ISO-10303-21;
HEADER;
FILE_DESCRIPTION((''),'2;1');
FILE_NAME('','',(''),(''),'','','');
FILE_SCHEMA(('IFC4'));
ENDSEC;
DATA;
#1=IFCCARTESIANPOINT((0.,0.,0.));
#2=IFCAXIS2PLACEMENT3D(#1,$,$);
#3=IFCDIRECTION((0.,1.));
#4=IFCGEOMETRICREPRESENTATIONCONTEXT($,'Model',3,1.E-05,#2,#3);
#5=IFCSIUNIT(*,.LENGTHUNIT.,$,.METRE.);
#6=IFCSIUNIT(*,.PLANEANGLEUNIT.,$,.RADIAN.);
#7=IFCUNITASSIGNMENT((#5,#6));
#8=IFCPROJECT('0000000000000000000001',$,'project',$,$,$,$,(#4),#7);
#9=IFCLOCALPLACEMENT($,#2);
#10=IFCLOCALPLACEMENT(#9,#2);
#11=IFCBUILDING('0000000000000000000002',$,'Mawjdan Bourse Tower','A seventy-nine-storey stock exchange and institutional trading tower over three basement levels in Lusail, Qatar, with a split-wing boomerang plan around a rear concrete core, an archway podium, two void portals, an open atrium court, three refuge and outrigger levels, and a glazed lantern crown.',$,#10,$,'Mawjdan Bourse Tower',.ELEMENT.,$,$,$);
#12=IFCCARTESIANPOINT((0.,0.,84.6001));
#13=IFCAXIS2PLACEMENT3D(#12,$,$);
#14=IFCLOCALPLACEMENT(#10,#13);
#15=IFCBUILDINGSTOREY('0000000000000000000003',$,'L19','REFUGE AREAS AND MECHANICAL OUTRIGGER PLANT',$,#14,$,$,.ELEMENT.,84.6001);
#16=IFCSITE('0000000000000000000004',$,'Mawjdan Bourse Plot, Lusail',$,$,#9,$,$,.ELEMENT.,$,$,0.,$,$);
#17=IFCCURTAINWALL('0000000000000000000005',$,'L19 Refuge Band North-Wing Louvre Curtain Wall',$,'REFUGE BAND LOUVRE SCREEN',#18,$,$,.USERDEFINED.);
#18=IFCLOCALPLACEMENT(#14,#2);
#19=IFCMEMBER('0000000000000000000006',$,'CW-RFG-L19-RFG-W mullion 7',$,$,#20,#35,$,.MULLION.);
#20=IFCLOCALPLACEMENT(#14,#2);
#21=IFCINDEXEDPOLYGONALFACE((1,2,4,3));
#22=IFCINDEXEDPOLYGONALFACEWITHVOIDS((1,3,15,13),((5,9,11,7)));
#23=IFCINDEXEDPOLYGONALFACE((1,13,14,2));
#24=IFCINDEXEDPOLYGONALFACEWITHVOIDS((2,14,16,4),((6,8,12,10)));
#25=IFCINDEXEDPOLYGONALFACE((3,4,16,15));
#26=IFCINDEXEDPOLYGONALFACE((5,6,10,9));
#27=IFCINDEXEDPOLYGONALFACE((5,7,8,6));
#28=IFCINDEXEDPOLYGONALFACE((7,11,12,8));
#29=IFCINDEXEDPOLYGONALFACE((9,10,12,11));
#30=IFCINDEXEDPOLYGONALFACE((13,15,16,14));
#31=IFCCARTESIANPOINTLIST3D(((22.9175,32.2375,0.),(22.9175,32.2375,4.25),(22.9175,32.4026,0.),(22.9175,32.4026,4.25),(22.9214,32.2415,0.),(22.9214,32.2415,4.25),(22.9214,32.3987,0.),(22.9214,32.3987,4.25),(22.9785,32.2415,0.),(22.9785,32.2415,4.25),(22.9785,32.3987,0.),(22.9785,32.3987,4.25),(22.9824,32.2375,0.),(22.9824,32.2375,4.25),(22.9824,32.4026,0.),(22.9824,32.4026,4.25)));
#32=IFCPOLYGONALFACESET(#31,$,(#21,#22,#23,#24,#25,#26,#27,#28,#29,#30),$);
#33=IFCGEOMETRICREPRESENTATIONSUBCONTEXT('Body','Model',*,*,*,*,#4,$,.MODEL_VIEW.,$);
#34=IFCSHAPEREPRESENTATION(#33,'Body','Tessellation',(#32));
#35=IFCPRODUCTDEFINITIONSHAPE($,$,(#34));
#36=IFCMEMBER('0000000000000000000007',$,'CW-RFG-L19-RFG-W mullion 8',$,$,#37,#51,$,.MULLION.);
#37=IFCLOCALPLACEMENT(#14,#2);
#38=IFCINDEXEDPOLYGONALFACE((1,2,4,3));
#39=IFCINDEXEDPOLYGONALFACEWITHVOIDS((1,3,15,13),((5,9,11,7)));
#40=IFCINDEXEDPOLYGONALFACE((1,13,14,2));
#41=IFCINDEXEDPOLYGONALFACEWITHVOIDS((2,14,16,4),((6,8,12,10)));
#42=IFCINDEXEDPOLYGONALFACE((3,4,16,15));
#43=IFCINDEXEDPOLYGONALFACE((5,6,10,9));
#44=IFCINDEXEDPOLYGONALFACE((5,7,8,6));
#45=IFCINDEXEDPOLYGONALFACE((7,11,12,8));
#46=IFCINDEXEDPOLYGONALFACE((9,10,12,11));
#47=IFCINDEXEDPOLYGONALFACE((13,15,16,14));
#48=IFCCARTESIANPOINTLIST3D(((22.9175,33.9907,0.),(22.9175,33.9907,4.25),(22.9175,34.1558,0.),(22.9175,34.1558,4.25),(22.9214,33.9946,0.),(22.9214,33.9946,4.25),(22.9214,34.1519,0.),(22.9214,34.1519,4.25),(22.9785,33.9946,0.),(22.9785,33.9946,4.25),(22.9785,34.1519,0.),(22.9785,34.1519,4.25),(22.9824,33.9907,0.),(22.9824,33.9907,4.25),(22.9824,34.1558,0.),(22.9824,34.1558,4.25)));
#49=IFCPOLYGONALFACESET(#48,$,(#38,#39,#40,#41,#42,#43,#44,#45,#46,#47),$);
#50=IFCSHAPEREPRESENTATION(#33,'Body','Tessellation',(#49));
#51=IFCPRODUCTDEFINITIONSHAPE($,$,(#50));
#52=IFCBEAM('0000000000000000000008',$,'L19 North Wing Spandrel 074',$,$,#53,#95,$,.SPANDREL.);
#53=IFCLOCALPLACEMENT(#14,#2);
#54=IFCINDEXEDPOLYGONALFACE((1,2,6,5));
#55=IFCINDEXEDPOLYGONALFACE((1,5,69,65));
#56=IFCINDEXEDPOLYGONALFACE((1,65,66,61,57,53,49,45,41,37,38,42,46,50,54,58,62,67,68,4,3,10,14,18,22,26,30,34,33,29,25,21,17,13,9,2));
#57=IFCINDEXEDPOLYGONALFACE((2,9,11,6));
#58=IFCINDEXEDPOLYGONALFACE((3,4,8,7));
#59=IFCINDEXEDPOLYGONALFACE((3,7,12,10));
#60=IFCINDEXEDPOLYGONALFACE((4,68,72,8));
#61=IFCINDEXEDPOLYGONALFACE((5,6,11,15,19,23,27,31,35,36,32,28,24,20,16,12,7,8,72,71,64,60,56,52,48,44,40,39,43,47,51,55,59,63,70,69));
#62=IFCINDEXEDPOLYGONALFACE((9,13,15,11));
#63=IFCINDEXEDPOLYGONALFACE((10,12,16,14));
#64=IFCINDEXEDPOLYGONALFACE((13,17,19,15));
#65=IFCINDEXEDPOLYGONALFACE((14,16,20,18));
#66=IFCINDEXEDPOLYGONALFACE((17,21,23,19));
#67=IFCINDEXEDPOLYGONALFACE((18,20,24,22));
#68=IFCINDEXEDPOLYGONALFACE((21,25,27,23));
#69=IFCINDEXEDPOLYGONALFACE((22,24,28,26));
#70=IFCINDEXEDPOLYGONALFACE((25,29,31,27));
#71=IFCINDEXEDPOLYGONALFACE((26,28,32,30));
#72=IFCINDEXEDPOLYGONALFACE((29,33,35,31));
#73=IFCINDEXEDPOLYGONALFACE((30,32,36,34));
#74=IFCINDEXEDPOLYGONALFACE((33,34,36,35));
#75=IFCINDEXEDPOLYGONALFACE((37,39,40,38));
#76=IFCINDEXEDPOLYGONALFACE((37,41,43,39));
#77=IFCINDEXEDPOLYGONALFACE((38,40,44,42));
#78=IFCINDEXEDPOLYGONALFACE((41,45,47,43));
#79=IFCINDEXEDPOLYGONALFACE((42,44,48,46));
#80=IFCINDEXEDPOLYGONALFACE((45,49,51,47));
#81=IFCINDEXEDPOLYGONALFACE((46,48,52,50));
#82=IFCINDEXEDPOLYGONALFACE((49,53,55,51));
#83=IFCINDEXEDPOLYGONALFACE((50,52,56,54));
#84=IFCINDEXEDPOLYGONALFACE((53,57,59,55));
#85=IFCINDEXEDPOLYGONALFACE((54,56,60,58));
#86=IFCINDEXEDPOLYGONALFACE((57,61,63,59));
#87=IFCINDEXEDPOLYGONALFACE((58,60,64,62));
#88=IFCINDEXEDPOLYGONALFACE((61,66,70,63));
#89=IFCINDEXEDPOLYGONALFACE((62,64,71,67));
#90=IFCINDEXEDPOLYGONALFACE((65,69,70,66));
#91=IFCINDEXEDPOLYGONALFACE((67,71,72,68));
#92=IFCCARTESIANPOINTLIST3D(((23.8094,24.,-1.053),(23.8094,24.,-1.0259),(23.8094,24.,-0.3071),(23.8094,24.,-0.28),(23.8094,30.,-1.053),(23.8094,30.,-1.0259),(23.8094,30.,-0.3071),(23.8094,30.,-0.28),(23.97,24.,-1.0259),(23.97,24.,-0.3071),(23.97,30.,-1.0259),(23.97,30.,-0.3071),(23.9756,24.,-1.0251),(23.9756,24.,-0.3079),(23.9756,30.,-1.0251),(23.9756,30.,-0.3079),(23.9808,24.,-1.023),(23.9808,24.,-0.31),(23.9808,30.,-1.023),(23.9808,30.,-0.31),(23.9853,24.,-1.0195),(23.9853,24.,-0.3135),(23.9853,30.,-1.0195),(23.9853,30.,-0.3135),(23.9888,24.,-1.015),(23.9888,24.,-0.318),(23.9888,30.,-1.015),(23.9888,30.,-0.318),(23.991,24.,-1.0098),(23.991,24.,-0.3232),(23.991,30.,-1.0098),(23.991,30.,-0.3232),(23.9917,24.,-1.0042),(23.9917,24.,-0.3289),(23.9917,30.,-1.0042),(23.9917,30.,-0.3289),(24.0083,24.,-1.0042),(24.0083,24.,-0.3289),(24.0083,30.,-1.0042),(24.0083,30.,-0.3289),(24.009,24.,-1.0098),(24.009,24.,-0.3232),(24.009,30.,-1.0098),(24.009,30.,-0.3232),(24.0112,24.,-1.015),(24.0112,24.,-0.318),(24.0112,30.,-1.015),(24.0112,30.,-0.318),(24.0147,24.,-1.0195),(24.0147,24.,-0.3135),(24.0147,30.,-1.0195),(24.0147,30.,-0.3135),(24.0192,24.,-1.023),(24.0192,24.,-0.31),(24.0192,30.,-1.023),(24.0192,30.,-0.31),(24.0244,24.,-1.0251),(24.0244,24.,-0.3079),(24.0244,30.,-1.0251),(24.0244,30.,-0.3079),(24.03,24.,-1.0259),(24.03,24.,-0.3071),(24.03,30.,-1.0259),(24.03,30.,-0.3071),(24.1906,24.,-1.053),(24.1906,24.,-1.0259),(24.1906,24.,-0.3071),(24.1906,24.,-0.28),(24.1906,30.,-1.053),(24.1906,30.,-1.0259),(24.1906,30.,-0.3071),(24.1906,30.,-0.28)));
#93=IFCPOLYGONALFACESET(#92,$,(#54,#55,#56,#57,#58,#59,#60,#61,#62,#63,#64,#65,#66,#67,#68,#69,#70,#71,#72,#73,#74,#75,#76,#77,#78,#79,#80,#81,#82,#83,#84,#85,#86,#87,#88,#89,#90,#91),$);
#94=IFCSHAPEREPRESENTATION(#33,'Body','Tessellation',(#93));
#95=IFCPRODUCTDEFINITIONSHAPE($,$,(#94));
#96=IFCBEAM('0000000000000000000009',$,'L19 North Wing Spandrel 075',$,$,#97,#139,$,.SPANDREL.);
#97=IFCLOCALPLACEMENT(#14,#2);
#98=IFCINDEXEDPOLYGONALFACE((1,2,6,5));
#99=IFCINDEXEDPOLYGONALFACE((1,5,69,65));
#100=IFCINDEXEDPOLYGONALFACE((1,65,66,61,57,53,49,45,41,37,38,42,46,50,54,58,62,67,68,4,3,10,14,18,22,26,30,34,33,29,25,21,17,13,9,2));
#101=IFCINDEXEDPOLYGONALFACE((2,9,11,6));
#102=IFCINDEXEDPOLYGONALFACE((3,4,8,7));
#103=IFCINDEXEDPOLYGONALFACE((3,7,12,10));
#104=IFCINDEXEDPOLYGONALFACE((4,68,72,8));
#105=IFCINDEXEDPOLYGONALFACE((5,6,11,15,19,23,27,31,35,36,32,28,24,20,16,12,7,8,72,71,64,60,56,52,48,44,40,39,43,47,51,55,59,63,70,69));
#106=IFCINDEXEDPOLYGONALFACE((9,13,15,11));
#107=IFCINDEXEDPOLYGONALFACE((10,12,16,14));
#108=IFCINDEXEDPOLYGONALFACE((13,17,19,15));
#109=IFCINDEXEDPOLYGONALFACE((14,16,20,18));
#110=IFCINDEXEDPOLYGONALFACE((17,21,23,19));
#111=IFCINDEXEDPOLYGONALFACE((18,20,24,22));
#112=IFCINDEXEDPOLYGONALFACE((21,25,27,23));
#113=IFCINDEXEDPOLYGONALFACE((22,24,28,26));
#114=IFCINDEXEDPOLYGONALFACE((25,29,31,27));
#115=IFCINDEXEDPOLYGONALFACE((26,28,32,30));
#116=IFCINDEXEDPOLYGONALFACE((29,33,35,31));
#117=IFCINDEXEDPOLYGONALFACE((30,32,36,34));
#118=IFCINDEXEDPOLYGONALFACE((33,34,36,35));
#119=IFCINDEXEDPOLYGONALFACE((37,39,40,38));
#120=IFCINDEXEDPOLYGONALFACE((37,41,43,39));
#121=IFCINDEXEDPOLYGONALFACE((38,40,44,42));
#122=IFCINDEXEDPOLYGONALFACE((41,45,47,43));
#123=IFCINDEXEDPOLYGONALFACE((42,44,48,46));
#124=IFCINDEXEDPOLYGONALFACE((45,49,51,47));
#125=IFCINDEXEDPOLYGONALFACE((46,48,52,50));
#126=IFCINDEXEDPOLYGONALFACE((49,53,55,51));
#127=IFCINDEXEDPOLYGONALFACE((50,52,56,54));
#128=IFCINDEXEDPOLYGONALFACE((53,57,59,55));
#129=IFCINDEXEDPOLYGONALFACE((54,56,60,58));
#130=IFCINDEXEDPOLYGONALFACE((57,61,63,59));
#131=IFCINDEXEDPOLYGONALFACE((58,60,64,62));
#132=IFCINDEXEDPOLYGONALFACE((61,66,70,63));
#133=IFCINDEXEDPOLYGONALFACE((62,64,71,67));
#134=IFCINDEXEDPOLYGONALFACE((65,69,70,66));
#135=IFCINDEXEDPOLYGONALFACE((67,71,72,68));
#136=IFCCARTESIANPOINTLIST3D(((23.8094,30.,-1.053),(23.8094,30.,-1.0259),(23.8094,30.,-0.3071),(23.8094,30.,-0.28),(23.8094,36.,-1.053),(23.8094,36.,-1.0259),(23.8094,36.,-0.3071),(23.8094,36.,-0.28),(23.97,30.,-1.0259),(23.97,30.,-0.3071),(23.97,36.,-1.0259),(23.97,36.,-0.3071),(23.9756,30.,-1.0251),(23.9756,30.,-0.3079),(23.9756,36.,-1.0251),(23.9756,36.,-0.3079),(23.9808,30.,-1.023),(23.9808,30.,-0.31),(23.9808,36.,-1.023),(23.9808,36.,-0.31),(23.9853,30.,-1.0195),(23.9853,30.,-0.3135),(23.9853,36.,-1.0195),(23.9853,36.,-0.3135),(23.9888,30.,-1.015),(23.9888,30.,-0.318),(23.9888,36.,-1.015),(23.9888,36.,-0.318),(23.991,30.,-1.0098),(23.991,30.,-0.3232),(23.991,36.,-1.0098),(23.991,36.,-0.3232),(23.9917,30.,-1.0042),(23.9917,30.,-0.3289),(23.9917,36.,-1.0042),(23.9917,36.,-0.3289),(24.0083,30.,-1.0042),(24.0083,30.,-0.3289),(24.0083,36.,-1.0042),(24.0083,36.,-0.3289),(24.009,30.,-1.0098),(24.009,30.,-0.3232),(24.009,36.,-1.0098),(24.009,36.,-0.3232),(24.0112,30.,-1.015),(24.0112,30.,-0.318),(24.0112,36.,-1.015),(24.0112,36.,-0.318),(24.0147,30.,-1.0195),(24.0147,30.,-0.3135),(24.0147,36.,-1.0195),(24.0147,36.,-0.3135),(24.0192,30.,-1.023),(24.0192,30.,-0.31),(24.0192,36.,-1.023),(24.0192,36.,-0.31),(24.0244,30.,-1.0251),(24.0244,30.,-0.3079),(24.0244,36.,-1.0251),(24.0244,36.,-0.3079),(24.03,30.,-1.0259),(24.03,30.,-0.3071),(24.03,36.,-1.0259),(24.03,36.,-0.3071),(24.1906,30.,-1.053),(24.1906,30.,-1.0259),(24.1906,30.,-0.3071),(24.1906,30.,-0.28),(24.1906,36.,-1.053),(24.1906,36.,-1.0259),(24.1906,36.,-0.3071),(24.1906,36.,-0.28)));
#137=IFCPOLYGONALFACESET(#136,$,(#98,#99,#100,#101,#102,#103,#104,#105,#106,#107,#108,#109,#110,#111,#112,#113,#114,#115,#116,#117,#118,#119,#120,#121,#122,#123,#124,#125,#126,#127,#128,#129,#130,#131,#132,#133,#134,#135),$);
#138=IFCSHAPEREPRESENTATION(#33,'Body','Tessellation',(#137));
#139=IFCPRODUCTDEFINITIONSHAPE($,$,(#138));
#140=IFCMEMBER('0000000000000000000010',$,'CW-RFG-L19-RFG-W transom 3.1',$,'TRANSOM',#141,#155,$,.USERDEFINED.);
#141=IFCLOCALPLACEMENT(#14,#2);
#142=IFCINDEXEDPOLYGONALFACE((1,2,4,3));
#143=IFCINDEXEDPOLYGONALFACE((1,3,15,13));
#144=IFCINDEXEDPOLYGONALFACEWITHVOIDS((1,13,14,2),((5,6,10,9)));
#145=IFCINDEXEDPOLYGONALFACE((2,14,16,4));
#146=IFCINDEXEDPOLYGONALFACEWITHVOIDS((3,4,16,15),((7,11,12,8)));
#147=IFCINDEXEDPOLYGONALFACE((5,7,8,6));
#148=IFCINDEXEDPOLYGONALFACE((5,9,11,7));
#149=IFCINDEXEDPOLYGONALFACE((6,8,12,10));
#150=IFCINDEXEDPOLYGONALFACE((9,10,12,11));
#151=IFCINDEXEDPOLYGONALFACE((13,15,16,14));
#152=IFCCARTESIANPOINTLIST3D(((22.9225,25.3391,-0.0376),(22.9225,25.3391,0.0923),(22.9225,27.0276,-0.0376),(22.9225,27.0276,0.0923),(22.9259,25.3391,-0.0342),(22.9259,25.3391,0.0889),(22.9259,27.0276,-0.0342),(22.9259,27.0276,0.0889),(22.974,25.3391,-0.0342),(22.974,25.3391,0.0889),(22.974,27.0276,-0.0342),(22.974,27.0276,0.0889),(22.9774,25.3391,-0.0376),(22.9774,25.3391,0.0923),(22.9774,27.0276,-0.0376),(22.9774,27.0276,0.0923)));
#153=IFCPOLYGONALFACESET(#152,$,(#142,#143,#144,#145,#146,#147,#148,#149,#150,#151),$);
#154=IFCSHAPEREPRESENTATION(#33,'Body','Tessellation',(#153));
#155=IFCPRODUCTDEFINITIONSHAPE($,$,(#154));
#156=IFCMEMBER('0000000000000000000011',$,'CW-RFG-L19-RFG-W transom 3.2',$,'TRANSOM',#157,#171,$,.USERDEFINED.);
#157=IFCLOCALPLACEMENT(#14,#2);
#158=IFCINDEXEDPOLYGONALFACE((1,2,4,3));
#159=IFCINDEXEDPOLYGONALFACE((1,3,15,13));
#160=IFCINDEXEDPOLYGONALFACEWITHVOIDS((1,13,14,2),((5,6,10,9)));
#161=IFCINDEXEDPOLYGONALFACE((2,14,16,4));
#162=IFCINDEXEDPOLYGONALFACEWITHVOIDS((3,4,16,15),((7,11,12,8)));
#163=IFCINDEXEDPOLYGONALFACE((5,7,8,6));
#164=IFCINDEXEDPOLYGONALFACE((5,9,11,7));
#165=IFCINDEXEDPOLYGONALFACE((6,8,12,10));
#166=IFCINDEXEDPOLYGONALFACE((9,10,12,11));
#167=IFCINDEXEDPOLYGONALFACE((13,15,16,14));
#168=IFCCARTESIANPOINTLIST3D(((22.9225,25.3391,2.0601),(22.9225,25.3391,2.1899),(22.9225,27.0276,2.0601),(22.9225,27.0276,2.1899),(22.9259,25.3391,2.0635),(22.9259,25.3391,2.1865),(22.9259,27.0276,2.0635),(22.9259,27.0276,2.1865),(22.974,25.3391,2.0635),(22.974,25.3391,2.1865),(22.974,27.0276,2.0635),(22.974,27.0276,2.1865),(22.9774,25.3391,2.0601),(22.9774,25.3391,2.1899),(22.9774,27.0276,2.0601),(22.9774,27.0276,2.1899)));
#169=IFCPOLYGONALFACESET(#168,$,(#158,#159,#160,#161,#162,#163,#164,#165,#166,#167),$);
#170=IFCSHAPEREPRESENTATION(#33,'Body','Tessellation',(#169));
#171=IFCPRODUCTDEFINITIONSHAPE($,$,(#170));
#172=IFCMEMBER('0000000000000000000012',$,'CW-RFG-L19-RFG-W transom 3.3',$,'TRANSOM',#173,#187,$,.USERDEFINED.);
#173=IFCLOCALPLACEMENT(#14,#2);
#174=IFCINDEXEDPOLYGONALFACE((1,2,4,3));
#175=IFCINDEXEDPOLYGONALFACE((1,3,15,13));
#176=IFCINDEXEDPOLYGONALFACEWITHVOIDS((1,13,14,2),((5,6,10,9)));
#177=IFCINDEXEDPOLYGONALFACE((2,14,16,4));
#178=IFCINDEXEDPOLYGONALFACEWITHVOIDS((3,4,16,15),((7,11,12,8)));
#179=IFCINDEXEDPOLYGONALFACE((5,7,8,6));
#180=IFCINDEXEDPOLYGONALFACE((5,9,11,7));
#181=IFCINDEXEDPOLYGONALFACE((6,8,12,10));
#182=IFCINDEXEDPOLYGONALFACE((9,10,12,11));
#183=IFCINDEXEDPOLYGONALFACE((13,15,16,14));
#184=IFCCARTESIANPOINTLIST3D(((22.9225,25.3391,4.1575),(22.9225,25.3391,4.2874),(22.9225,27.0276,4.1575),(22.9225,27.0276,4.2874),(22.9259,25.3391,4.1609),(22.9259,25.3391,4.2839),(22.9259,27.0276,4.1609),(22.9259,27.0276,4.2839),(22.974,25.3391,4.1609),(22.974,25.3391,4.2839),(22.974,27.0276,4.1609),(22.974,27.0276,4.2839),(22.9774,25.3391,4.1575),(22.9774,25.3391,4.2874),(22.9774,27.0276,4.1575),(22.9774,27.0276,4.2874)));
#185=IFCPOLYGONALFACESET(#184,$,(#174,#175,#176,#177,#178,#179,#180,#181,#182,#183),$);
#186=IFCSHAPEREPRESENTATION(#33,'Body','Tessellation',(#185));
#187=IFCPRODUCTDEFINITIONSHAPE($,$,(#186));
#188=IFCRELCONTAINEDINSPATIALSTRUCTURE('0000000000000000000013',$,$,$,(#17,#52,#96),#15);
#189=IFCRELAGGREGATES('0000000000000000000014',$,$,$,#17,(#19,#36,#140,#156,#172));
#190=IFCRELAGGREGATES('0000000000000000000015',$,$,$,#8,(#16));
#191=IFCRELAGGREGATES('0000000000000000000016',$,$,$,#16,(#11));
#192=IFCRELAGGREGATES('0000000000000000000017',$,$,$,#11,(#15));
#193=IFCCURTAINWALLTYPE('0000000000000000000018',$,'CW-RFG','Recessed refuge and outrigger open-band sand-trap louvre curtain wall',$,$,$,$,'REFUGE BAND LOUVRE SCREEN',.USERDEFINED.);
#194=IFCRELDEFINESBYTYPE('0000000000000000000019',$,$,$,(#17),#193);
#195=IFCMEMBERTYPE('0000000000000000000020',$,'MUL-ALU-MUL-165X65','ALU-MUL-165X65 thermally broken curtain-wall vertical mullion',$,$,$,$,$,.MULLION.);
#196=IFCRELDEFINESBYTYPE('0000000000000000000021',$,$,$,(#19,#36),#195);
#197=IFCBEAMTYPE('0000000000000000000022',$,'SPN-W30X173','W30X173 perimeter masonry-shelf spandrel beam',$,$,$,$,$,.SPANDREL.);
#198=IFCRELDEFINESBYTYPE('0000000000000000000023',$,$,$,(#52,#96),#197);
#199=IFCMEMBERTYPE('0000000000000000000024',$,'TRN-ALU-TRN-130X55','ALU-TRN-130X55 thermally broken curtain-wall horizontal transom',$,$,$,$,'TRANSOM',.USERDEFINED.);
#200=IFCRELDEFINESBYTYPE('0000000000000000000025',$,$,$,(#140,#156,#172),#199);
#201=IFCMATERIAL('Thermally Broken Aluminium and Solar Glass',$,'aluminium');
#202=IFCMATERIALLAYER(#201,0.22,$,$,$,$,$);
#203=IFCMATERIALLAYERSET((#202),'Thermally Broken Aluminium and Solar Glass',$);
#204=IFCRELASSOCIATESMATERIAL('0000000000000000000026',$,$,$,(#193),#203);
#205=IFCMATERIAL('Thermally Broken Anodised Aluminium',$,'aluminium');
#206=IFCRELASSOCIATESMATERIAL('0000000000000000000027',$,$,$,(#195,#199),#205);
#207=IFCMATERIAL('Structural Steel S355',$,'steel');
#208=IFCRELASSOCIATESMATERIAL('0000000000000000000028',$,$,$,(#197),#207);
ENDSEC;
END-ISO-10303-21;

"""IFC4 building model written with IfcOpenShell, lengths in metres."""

from ifc_helpers import new_model, si_unit, direction, frame, origin, origin_2d, place, context, subcontext, project, spatial, hollow_rectangle, i_section, extrude, material, layer, layer_set, material_profile, profile_set, type_object, element, aggregate, save


model = new_model("IFC4")

# Units and contexts
model_context = context("Model", 3, precision=1e-05, world=origin(), true_north=direction((0.0, 1.0)))
body_context = subcontext(model_context, "Body", "Model", "MODEL_VIEW")
ifc_project = project(units=[si_unit("LENGTHUNIT", "METRE"), si_unit("PLANEANGLEUNIT", "RADIAN")], contexts=[model_context])

# Site, building, storey
site_placement = place(None, origin())
site = spatial("IfcSite", under=ifc_project, at=site_placement, Name="Mawjdan Bourse Plot, Lusail", CompositionType="ELEMENT", RefElevation=0.0)
building_placement = place(site_placement, origin())
building = spatial("IfcBuilding", under=site, at=building_placement, Name="Mawjdan Bourse Tower", Description="A seventy-nine-storey stock exchange and institutional trading tower over three basement levels in Lusail, Qatar, with a split-wing boomerang plan around a rear concrete core, an archway podium, two void portals, an open atrium court, three refuge and outrigger levels, and a glazed lantern crown.", LongName="Mawjdan Bourse Tower", CompositionType="ELEMENT")
storey_placement = place(building_placement, frame((0.0, 0.0, 84.6001)))
storey = spatial("IfcBuildingStorey", under=building, at=storey_placement, Name="L19", Description="REFUGE AREAS AND MECHANICAL OUTRIGGER PLANT", CompositionType="ELEMENT", Elevation=84.6001)

# Curtain wall, members
ifc_material_1 = material(Name="Thermally Broken Aluminium and Solar Glass", Category="aluminium")
ifc_layer_1 = layer(ifc_material_1, 0.22)
ifc_layer_set_1 = layer_set([ifc_layer_1], Name="Thermally Broken Aluminium and Solar Glass")
curtain_wall_type = type_object("IfcCurtainWallType", Name="CW-RFG", Description="Recessed refuge and outrigger open-band sand-trap louvre curtain wall", ElementType="REFUGE BAND LOUVRE SCREEN", PredefinedType="USERDEFINED", material=ifc_layer_set_1)
curtain_wall_placement = place(storey_placement, origin())
curtain_wall = element("IfcCurtainWall", 1, at=curtain_wall_placement, inside=storey, type_object=curtain_wall_type, Name="L19 Refuge Band North-Wing Louvre Curtain Wall", ObjectType="REFUGE BAND LOUVRE SCREEN", PredefinedType="USERDEFINED")
ifc_material_2 = material(Name="Thermally Broken Anodised Aluminium", Category="aluminium")
ifc_material_profile_1 = material_profile(ifc_material_2, hollow_rectangle(XDim=0.0649, YDim=0.165, WallThickness=0.0039, at=origin_2d()), Name="ALU-MUL-165X65")
ifc_profile_set_1 = profile_set([ifc_material_profile_1], Name="Thermally Broken Anodised Aluminium")
member_type_1 = type_object("IfcMemberType", Name="MUL-ALU-MUL-165X65", Description="ALU-MUL-165X65 thermally broken curtain-wall vertical mullion", PredefinedType="MULLION", material=ifc_profile_set_1)
member_1_placement = place(storey_placement, frame((22.95, 32.3201, 0.0), z_axis=(0.0, 0.0, 1.0), x_axis=(-1.0, 0.0, 0.0)))
member_1 = element("IfcMember", 2, at=member_1_placement, type_object=member_type_1, Name="CW-RFG-L19-RFG-W mullion 7", PredefinedType="MULLION", context=body_context, shape_type="SweptSolid", body=[
    extrude(hollow_rectangle(XDim=0.0649, YDim=0.165, WallThickness=0.0039, at=origin_2d()), origin(), (0.0, 0.0, 1.0), 4.25),
])
member_2_placement = place(storey_placement, frame((22.95, 34.0732, 0.0), z_axis=(0.0, 0.0, 1.0), x_axis=(-1.0, 0.0, 0.0)))
member_2 = element("IfcMember", 3, at=member_2_placement, type_object=member_type_1, Name="CW-RFG-L19-RFG-W mullion 8", PredefinedType="MULLION", context=body_context, shape_type="SweptSolid", body=[
    extrude(hollow_rectangle(XDim=0.0649, YDim=0.165, WallThickness=0.0039, at=origin_2d()), origin(), (0.0, 0.0, 1.0), 4.25),
])

# Beams
ifc_material_3 = material(Name="Structural Steel S355", Category="steel")
ifc_material_profile_2 = material_profile(ifc_material_3, i_section(OverallWidth=0.3811, OverallDepth=0.7729, WebThickness=0.0166, FlangeThickness=0.0271, FilletRadius=0.0217, at=origin_2d()), Name="W30X173")
ifc_profile_set_2 = profile_set([ifc_material_profile_2], Name="Structural Steel S355")
beam_type = type_object("IfcBeamType", Name="SPN-W30X173", Description="W30X173 perimeter masonry-shelf spandrel beam", PredefinedType="SPANDREL", material=ifc_profile_set_2)
for number, where, z_axis, x_axis, name in (
    (4, (24.0, 24.0, -0.6665), (0.0, 1.0, 0.0), (-1.0, 0.0, 0.0), "L19 North Wing Spandrel 074"),
    (5, (24.0, 30.0, -0.6665), (0.0, 1.0, 0.0), (-1.0, 0.0, 0.0), "L19 North Wing Spandrel 075"),
):
    element("IfcBeam", number, at=place(storey_placement, frame(where, z_axis=z_axis, x_axis=x_axis)), inside=storey, type_object=beam_type, Name=name, PredefinedType="SPANDREL", context=body_context, shape_type="SweptSolid", body=[
        extrude(i_section(OverallWidth=0.3811, OverallDepth=0.7729, WebThickness=0.0166, FlangeThickness=0.0271, FilletRadius=0.0217, at=origin_2d()), origin(), (0.0, 0.0, 1.0), 6.0),
    ])

# Members
ifc_material_profile_3 = material_profile(ifc_material_2, hollow_rectangle(XDim=0.0549, YDim=0.1299, WallThickness=0.0034, at=origin_2d()), Name="ALU-TRN-130X55")
ifc_profile_set_3 = profile_set([ifc_material_profile_3], Name="Thermally Broken Anodised Aluminium")
member_type_2 = type_object("IfcMemberType", Name="TRN-ALU-TRN-130X55", Description="ALU-TRN-130X55 thermally broken curtain-wall horizontal transom", ElementType="TRANSOM", PredefinedType="USERDEFINED", material=ifc_profile_set_3)
member_3_placement = place(storey_placement, frame((22.95, 25.3391, 0.0273), z_axis=(0.0, 1.0, 0.0), x_axis=(-1.0, 0.0, 0.0)))
member_3 = element("IfcMember", 6, at=member_3_placement, type_object=member_type_2, Name="CW-RFG-L19-RFG-W transom 3.1", ObjectType="TRANSOM", PredefinedType="USERDEFINED", context=body_context, shape_type="SweptSolid", body=[
    extrude(hollow_rectangle(XDim=0.0549, YDim=0.1299, WallThickness=0.0034, at=origin_2d()), origin(), (0.0, 0.0, 1.0), 1.6885),
])
member_4_placement = place(storey_placement, frame((22.95, 25.3391, 2.125), z_axis=(0.0, 1.0, 0.0), x_axis=(-1.0, 0.0, 0.0)))
member_4 = element("IfcMember", 7, at=member_4_placement, type_object=member_type_2, Name="CW-RFG-L19-RFG-W transom 3.2", ObjectType="TRANSOM", PredefinedType="USERDEFINED", context=body_context, shape_type="SweptSolid", body=[
    extrude(hollow_rectangle(XDim=0.0549, YDim=0.1299, WallThickness=0.0034, at=origin_2d()), origin(), (0.0, 0.0, 1.0), 1.6885),
])
member_5_placement = place(storey_placement, frame((22.95, 25.3391, 4.2224), z_axis=(0.0, 1.0, 0.0), x_axis=(-1.0, 0.0, 0.0)))
member_5 = element("IfcMember", 8, at=member_5_placement, type_object=member_type_2, Name="CW-RFG-L19-RFG-W transom 3.3", ObjectType="TRANSOM", PredefinedType="USERDEFINED", context=body_context, shape_type="SweptSolid", body=[
    extrude(hollow_rectangle(XDim=0.0549, YDim=0.1299, WallThickness=0.0034, at=origin_2d()), origin(), (0.0, 0.0, 1.0), 1.6885),
])

aggregate(curtain_wall, [member_1, member_2, member_3, member_4, member_5])

save(model, "model.ifc")
